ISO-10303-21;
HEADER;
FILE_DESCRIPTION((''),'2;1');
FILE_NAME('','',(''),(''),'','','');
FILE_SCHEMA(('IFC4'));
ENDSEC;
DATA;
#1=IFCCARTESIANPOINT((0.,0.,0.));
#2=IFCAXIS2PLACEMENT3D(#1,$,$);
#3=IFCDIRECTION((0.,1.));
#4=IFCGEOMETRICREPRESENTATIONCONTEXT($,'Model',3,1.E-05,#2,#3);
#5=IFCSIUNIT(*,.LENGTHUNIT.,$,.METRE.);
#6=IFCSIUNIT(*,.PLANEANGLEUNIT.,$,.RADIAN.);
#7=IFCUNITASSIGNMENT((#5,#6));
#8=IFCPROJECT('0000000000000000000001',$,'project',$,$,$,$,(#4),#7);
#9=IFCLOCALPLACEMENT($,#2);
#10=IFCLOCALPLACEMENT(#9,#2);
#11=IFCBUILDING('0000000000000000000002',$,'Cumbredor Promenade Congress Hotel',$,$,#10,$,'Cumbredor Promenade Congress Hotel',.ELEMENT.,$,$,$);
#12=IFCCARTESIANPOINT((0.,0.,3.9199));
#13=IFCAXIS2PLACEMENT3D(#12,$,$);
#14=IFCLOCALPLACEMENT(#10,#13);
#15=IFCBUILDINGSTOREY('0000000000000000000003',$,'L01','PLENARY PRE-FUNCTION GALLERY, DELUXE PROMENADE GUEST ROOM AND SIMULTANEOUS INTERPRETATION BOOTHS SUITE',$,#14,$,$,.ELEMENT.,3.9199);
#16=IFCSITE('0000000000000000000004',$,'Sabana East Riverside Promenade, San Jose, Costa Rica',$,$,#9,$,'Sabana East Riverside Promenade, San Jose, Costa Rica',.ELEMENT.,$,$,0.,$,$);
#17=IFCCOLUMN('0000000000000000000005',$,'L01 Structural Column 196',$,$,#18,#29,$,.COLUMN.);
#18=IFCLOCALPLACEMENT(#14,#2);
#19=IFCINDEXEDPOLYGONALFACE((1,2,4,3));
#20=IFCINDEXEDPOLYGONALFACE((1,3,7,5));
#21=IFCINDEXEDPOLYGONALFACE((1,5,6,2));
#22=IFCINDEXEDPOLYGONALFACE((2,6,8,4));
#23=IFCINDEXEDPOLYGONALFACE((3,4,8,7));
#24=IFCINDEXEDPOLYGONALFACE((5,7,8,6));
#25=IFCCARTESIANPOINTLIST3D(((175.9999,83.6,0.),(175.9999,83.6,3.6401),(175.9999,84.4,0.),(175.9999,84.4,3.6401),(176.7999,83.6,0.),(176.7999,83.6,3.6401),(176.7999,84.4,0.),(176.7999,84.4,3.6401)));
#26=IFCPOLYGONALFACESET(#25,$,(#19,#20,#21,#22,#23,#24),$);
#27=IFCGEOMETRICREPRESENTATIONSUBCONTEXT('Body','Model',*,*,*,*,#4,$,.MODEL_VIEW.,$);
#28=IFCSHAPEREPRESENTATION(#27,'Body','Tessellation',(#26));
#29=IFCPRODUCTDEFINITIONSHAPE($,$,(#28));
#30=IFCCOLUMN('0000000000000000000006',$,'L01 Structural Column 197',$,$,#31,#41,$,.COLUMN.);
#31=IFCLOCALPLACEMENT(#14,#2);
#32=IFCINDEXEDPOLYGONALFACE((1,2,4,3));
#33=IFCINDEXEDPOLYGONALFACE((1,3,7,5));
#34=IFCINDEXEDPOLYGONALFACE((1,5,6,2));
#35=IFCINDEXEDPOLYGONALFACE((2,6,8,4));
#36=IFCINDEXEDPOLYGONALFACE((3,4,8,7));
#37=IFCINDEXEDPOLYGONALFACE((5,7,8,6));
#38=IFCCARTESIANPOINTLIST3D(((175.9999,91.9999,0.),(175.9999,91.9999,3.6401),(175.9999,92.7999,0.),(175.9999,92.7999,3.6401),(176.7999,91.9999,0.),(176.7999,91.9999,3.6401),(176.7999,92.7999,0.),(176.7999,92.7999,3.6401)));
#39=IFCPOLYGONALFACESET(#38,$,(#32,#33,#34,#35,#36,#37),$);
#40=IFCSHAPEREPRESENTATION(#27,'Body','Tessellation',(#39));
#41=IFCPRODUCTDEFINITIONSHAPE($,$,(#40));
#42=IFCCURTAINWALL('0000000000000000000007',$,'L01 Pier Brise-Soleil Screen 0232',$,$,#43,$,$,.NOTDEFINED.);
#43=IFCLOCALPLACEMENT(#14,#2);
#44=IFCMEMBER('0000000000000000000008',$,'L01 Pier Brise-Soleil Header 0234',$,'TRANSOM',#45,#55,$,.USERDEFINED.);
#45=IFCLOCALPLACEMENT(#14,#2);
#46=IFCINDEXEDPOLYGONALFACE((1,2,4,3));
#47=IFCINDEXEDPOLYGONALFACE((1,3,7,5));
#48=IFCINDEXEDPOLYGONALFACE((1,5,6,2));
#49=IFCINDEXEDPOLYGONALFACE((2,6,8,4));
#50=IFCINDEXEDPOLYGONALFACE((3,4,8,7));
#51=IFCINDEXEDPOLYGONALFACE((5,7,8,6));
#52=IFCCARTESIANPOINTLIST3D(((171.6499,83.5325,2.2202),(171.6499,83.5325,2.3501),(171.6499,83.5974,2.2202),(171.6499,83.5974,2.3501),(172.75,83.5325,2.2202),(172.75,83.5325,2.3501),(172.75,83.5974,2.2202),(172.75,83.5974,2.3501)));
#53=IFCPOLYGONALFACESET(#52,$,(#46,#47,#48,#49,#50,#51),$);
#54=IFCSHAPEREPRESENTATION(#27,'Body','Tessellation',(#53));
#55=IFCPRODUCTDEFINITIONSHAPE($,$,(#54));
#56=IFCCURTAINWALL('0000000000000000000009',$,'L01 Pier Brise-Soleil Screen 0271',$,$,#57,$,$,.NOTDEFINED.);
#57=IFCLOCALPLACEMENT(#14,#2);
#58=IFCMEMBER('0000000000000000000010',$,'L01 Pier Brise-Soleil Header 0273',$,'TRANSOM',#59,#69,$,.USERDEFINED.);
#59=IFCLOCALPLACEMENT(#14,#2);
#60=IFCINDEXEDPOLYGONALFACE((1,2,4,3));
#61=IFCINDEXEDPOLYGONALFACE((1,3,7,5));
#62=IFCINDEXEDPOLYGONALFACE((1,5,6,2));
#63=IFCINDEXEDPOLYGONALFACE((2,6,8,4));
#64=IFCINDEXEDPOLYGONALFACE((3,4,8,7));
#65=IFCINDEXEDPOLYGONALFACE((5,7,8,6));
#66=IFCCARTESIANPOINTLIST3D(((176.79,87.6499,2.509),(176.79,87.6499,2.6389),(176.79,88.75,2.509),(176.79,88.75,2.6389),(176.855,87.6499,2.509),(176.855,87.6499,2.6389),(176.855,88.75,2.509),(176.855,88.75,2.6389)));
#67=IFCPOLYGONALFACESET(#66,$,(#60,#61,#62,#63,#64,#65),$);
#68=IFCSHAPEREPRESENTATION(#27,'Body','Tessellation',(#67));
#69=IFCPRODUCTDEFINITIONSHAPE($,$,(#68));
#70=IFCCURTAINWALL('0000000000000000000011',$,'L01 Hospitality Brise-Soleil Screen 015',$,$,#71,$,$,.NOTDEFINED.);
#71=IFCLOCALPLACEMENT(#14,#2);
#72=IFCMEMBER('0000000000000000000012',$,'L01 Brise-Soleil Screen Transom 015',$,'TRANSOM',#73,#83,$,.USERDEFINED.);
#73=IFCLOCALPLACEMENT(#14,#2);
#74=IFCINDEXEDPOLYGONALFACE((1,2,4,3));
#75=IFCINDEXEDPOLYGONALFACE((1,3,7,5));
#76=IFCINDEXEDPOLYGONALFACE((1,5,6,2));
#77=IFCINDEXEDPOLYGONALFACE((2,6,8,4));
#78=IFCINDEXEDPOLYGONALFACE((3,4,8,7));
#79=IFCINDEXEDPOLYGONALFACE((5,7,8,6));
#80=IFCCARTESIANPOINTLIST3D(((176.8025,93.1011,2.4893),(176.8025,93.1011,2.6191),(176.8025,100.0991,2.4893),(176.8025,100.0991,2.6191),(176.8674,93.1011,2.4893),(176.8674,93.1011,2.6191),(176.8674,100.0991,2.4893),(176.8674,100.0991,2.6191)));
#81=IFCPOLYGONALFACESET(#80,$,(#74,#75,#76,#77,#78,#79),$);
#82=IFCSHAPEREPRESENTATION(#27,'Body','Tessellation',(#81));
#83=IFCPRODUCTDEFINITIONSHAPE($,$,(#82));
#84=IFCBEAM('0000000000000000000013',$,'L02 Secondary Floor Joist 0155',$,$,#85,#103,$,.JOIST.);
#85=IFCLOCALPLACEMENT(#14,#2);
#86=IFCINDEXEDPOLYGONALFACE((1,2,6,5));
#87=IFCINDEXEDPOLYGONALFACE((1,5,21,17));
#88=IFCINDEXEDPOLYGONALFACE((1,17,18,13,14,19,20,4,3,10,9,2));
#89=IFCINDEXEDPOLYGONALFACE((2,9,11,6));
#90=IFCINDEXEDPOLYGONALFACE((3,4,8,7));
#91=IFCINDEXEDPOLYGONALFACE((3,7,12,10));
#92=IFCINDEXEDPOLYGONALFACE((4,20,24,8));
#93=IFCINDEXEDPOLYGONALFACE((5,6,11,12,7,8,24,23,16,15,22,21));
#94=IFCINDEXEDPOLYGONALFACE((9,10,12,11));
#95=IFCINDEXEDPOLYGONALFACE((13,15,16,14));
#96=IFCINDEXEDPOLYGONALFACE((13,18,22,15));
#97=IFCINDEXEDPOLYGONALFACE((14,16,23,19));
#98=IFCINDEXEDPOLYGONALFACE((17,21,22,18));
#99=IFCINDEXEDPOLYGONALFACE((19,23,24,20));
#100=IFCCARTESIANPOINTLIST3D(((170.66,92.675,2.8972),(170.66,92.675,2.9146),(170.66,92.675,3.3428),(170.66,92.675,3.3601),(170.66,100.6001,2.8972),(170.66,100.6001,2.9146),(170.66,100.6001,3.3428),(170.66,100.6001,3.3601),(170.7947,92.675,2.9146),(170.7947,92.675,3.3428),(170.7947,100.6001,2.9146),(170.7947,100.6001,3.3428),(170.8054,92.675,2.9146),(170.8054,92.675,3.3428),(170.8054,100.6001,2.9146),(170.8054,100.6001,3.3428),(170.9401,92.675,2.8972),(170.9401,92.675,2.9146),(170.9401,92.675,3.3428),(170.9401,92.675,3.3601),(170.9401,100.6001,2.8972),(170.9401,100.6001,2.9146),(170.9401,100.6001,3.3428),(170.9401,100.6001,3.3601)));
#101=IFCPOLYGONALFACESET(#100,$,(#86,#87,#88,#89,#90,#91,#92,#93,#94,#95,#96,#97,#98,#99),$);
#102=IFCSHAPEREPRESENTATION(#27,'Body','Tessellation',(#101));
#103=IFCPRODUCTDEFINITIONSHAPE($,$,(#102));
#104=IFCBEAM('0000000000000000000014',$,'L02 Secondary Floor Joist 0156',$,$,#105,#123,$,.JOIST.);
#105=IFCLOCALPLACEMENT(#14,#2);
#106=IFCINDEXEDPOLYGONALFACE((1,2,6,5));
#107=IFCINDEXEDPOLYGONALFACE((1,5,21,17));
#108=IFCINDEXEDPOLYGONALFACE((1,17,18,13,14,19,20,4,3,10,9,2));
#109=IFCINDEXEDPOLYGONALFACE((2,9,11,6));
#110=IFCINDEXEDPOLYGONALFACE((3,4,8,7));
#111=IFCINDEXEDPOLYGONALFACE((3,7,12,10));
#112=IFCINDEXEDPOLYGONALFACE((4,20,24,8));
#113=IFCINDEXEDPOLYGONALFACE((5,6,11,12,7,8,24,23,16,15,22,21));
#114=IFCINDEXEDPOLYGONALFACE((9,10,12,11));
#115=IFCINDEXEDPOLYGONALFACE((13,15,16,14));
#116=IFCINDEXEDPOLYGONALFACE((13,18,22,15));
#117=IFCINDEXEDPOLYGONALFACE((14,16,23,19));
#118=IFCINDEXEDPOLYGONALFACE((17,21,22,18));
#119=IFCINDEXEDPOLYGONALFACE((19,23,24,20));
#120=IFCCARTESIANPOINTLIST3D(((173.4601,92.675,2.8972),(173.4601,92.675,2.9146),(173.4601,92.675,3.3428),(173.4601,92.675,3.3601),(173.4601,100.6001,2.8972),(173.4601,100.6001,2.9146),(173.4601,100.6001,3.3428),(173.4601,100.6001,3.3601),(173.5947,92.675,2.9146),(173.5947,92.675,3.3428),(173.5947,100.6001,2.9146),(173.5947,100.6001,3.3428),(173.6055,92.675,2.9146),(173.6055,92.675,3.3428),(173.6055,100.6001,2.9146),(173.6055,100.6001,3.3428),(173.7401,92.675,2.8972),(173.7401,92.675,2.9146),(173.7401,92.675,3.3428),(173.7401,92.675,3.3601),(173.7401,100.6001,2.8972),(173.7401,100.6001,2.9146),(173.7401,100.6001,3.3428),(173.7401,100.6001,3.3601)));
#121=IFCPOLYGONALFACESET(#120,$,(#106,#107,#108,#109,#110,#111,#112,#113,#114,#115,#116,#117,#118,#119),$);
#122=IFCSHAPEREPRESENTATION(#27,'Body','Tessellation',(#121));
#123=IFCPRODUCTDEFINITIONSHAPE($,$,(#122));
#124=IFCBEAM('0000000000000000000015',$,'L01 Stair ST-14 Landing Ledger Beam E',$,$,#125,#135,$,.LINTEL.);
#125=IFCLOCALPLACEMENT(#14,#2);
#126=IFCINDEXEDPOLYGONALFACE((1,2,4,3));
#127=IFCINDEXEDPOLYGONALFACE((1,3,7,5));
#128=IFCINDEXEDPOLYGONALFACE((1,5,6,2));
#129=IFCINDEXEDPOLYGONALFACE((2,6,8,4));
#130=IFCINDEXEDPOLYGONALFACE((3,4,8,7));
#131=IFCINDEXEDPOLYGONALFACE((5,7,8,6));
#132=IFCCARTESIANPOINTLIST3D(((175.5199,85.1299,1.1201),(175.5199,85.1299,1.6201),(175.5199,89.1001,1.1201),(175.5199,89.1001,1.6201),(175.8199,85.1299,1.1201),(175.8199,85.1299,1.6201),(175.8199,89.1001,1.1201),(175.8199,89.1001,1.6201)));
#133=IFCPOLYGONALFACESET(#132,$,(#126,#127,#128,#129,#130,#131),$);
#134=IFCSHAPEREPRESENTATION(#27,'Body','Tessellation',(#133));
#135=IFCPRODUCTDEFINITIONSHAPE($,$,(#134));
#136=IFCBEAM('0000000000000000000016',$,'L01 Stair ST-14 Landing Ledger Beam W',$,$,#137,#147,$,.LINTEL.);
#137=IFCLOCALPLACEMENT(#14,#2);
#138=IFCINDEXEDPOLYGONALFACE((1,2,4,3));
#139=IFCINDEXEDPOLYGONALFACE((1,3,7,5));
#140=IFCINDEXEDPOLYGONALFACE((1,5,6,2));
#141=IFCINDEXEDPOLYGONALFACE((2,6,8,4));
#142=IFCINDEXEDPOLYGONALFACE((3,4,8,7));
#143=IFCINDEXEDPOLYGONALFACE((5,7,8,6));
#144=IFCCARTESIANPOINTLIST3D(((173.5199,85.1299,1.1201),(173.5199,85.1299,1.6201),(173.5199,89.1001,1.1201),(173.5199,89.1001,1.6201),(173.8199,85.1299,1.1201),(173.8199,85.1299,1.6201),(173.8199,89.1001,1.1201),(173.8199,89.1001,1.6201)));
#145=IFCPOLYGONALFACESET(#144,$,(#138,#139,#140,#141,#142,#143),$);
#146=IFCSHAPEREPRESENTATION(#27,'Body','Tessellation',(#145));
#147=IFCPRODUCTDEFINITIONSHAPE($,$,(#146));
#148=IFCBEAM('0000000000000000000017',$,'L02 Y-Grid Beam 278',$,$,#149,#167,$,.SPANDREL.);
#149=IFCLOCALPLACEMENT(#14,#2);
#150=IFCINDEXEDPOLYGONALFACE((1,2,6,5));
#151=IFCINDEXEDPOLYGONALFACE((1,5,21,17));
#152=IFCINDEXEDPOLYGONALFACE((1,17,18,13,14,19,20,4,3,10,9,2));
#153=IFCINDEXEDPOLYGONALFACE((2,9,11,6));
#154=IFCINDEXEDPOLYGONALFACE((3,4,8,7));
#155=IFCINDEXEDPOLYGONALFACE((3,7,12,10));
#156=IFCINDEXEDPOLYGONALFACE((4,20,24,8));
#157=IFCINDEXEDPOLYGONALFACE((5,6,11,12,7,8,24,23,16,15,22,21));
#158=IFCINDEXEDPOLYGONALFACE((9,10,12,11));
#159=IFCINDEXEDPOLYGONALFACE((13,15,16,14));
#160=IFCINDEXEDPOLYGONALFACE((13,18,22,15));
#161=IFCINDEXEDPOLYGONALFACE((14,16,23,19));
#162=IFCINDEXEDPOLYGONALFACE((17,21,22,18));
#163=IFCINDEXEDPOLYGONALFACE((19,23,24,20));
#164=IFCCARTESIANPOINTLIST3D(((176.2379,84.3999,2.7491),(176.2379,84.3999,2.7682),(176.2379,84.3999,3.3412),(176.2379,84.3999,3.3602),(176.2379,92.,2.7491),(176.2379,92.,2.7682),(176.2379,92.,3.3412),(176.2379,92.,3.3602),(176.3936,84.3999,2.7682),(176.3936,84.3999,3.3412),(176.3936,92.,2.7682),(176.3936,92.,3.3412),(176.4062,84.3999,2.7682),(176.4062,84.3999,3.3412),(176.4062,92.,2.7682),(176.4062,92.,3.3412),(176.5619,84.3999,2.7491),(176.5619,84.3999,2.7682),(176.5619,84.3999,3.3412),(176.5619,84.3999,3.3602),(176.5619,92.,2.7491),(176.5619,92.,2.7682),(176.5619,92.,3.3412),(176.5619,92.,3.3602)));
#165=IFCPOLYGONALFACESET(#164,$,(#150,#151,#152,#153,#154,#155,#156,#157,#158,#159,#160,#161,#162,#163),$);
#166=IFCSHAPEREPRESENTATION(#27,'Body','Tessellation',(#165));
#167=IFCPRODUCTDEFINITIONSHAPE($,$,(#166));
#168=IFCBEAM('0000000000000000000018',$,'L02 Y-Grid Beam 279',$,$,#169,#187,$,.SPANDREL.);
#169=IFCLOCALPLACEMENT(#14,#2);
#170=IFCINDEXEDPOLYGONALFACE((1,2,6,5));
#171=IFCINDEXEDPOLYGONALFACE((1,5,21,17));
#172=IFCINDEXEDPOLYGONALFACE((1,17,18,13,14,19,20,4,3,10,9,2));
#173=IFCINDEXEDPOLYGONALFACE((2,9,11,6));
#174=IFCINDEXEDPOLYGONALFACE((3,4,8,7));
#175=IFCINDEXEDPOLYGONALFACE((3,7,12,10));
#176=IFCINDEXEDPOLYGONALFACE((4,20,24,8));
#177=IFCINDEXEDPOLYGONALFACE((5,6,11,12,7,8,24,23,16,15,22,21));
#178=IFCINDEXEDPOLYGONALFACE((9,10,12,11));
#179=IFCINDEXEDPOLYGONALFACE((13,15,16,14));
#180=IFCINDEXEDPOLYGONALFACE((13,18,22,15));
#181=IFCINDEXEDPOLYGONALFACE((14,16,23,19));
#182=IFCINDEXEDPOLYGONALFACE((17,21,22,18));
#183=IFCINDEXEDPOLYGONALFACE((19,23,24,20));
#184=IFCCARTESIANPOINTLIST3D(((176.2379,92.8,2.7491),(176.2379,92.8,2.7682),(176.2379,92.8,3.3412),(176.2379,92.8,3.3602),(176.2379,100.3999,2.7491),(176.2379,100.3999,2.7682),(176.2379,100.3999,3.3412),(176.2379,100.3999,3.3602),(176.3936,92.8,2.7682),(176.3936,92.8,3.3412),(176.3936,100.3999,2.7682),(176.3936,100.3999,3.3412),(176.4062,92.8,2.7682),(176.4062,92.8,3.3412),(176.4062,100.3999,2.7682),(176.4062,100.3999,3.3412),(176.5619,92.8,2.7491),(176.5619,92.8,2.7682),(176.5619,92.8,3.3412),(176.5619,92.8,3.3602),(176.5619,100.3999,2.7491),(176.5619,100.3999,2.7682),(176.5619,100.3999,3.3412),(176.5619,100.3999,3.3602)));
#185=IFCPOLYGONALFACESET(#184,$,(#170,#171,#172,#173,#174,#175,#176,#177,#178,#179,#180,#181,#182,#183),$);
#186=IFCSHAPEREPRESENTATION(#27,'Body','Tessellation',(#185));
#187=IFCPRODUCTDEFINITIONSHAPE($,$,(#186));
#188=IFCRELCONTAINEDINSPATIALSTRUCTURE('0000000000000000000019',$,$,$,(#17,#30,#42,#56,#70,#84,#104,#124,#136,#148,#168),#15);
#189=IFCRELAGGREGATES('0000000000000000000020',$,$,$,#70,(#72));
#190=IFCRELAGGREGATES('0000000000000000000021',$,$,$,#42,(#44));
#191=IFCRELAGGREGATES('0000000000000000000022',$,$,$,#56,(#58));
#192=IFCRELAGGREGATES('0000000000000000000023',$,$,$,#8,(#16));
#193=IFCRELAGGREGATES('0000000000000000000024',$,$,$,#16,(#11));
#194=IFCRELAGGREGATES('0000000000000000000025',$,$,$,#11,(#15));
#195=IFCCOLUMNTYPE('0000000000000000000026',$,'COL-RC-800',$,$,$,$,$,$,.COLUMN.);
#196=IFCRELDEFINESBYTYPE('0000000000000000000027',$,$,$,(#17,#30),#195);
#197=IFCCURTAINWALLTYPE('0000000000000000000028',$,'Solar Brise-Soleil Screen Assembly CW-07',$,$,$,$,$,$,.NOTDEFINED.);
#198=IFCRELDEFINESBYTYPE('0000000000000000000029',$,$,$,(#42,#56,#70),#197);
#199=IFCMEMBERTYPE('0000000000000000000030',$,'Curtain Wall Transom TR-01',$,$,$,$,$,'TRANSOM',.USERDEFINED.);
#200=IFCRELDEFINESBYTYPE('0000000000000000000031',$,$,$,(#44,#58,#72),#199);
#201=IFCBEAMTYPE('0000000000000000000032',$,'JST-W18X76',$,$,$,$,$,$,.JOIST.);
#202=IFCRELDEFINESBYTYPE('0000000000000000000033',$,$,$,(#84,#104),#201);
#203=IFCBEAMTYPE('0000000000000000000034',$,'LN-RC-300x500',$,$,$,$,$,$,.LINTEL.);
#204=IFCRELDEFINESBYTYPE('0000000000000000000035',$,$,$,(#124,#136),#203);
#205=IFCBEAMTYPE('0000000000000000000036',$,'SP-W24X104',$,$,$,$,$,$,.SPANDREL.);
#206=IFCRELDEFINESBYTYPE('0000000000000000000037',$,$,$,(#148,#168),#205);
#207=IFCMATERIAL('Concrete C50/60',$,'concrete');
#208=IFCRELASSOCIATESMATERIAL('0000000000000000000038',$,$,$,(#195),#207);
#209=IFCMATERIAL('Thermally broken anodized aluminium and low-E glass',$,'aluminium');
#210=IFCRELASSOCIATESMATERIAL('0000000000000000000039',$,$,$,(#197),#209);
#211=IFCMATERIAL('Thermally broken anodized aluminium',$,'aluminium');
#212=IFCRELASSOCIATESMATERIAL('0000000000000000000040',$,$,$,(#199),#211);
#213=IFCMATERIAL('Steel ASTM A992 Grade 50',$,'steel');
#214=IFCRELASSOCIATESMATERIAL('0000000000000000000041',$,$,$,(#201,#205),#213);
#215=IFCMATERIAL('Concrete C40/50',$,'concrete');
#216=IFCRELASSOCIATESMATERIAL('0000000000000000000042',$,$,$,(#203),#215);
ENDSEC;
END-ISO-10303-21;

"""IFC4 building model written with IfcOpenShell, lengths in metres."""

from ifc_helpers import new_model, si_unit, direction, frame, origin, origin_2d, place, context, subcontext, project, spatial, rectangle, i_section, extrude, material, material_profile, profile_set, type_object, element, aggregate, save


model = new_model("IFC4")

# Units and contexts
model_context = context("Model", 3, precision=1e-05, world=origin(), true_north=direction((0.0, 1.0)))
body_context = subcontext(model_context, "Body", "Model", "MODEL_VIEW")
ifc_project = project(units=[si_unit("LENGTHUNIT", "METRE"), si_unit("PLANEANGLEUNIT", "RADIAN")], contexts=[model_context])

# Site, building, storey
site_placement = place(None, origin())
site = spatial("IfcSite", under=ifc_project, at=site_placement, Name="Sabana East Riverside Promenade, San Jose, Costa Rica", LongName="Sabana East Riverside Promenade, San Jose, Costa Rica", CompositionType="ELEMENT", RefElevation=0.0)
building_placement = place(site_placement, origin())
building = spatial("IfcBuilding", under=site, at=building_placement, Name="Cumbredor Promenade Congress Hotel", LongName="Cumbredor Promenade Congress Hotel", CompositionType="ELEMENT")
storey_placement = place(building_placement, frame((0.0, 0.0, 3.9199)))
storey = spatial("IfcBuildingStorey", under=building, at=storey_placement, Name="L01", Description="PLENARY PRE-FUNCTION GALLERY, DELUXE PROMENADE GUEST ROOM AND SIMULTANEOUS INTERPRETATION BOOTHS SUITE", CompositionType="ELEMENT", Elevation=3.9199)

# Columns
ifc_material_1 = material(Name="Concrete C50/60", Category="concrete")
ifc_material_profile_1 = material_profile(ifc_material_1, rectangle(XDim=0.8, YDim=0.8, at=origin_2d()), Name="RC 800x800")
ifc_profile_set_1 = profile_set([ifc_material_profile_1], Name="Concrete C50/60")
column_type = type_object("IfcColumnType", Name="COL-RC-800", PredefinedType="COLUMN", material=ifc_profile_set_1)
for number, where, z_axis, x_axis, name in (
    (1, (176.3999, 84.0, 0.0), (0.0, 0.0, 1.0), (1.0, 0.0, 0.0), "L01 Structural Column 196"),
    (2, (176.3999, 92.3999, 0.0), (0.0, 0.0, 1.0), (1.0, 0.0, 0.0), "L01 Structural Column 197"),
):
    element("IfcColumn", number, at=place(storey_placement, frame(where, z_axis=z_axis, x_axis=x_axis)), inside=storey, type_object=column_type, Name=name, PredefinedType="COLUMN", context=body_context, shape_type="SweptSolid", body=[
        extrude(rectangle(XDim=0.8, YDim=0.8, at=origin_2d()), origin(), (0.0, 0.0, 1.0), 3.6401),
    ])

# Curtain walls, members
ifc_material_2 = material(Name="Thermally broken anodized aluminium and low-E glass", Category="aluminium")
curtain_wall_type = type_object("IfcCurtainWallType", Name="Solar Brise-Soleil Screen Assembly CW-07", PredefinedType="NOTDEFINED", material=ifc_material_2)
curtain_wall_1_placement = place(storey_placement, origin())
curtain_wall_1 = element("IfcCurtainWall", 3, at=curtain_wall_1_placement, inside=storey, type_object=curtain_wall_type, Name="L01 Pier Brise-Soleil Screen 0232", PredefinedType="NOTDEFINED")
ifc_material_3 = material(Name="Thermally broken anodized aluminium", Category="aluminium")
ifc_material_profile_2 = material_profile(ifc_material_3, rectangle(XDim=0.0649, YDim=0.1299, at=origin_2d()), Name="ALU TRANSOM 65x130")
ifc_profile_set_2 = profile_set([ifc_material_profile_2], Name="Thermally broken anodized aluminium")
member_type_1 = type_object("IfcMemberType", Name="Curtain Wall Transom TR-01", ElementType="TRANSOM", PredefinedType="USERDEFINED", material=ifc_profile_set_2)
member_1_placement = place(storey_placement, frame((171.6499, 83.5649, 2.2852), z_axis=(1.0, 0.0, 0.0), x_axis=(0.0, 1.0, 0.0)))
member_1 = element("IfcMember", 4, at=member_1_placement, type_object=member_type_1, Name="L01 Pier Brise-Soleil Header 0234", ObjectType="TRANSOM", PredefinedType="USERDEFINED", context=body_context, shape_type="SweptSolid", body=[
    extrude(rectangle(XDim=0.0649, YDim=0.1299, at=origin_2d()), origin(), (0.0, 0.0, 1.0), 1.1001),
])
curtain_wall_2_placement = place(storey_placement, origin())
curtain_wall_2 = element("IfcCurtainWall", 5, at=curtain_wall_2_placement, inside=storey, type_object=curtain_wall_type, Name="L01 Pier Brise-Soleil Screen 0271", PredefinedType="NOTDEFINED")
member_2_placement = place(storey_placement, frame((176.8225, 87.6499, 2.574), z_axis=(0.0, 1.0, 0.0), x_axis=(-1.0, 0.0, 0.0)))
member_2 = element("IfcMember", 6, at=member_2_placement, type_object=member_type_1, Name="L01 Pier Brise-Soleil Header 0273", ObjectType="TRANSOM", PredefinedType="USERDEFINED", context=body_context, shape_type="SweptSolid", body=[
    extrude(rectangle(XDim=0.0649, YDim=0.1299, at=origin_2d()), origin(), (0.0, 0.0, 1.0), 1.1001),
])
curtain_wall_3_placement = place(storey_placement, origin())
curtain_wall_3 = element("IfcCurtainWall", 7, at=curtain_wall_3_placement, inside=storey, type_object=curtain_wall_type, Name="L01 Hospitality Brise-Soleil Screen 015", PredefinedType="NOTDEFINED")
member_3_placement = place(storey_placement, frame((176.835, 93.1011, 2.5542), z_axis=(0.0, 1.0, 0.0), x_axis=(-1.0, 0.0, 0.0)))
member_3 = element("IfcMember", 8, at=member_3_placement, type_object=member_type_1, Name="L01 Brise-Soleil Screen Transom 015", ObjectType="TRANSOM", PredefinedType="USERDEFINED", context=body_context, shape_type="SweptSolid", body=[
    extrude(rectangle(XDim=0.0649, YDim=0.1299, at=origin_2d()), origin(), (0.0, 0.0, 1.0), 6.998),
])
aggregate(curtain_wall_3, [member_3])

# Beams
ifc_material_4 = material(Name="Steel ASTM A992 Grade 50", Category="steel")
ifc_material_profile_3 = material_profile(ifc_material_4, i_section(OverallWidth=0.28, OverallDepth=0.4629, WebThickness=0.0107, FlangeThickness=0.0173, at=origin_2d()), Name="W18X76")
ifc_profile_set_3 = profile_set([ifc_material_profile_3], Name="Steel ASTM A992 Grade 50")
beam_type_1 = type_object("IfcBeamType", Name="JST-W18X76", PredefinedType="JOIST", material=ifc_profile_set_3)
for number, where, z_axis, x_axis, name in (
    (9, (170.8, 92.675, 3.1287), (0.0, 1.0, 0.0), (-1.0, 0.0, 0.0), "L02 Secondary Floor Joist 0155"),
    (10, (173.6001, 92.675, 3.1287), (0.0, 1.0, 0.0), (-1.0, 0.0, 0.0), "L02 Secondary Floor Joist 0156"),
):
    element("IfcBeam", number, at=place(storey_placement, frame(where, z_axis=z_axis, x_axis=x_axis)), inside=storey, type_object=beam_type_1, Name=name, PredefinedType="JOIST", context=body_context, shape_type="SweptSolid", body=[
        extrude(i_section(OverallWidth=0.28, OverallDepth=0.4629, WebThickness=0.0107, FlangeThickness=0.0173, at=origin_2d()), origin(), (0.0, 0.0, 1.0), 7.925),
    ])
ifc_material_5 = material(Name="Concrete C40/50", Category="concrete")
ifc_material_profile_4 = material_profile(ifc_material_5, rectangle(XDim=0.3, YDim=0.5, at=origin_2d()), Name="RC LINTEL 300x500")
ifc_profile_set_4 = profile_set([ifc_material_profile_4], Name="Concrete C40/50")
beam_type_2 = type_object("IfcBeamType", Name="LN-RC-300x500", PredefinedType="LINTEL", material=ifc_profile_set_4)
for number, where, z_axis, x_axis, name in (
    (11, (175.6699, 85.1299, 1.3701), (0.0, 1.0, 0.0), (-1.0, 0.0, 0.0), "L01 Stair ST-14 Landing Ledger Beam E"),
    (12, (173.6699, 85.1299, 1.3701), (0.0, 1.0, 0.0), (-1.0, 0.0, 0.0), "L01 Stair ST-14 Landing Ledger Beam W"),
):
    element("IfcBeam", number, at=place(storey_placement, frame(where, z_axis=z_axis, x_axis=x_axis)), inside=storey, type_object=beam_type_2, Name=name, PredefinedType="LINTEL", context=body_context, shape_type="SweptSolid", body=[
        extrude(rectangle(XDim=0.3, YDim=0.5, at=origin_2d()), origin(), (0.0, 0.0, 1.0), 3.9702),
    ])
ifc_material_profile_5 = material_profile(ifc_material_4, i_section(OverallWidth=0.324, OverallDepth=0.6111, WebThickness=0.0127, FlangeThickness=0.019, at=origin_2d()), Name="W24X104")
ifc_profile_set_5 = profile_set([ifc_material_profile_5], Name="Steel ASTM A992 Grade 50")
beam_type_3 = type_object("IfcBeamType", Name="SP-W24X104", PredefinedType="SPANDREL", material=ifc_profile_set_5)
beam_1_placement = place(storey_placement, frame((176.3999, 84.3999, 3.0547), z_axis=(0.0, 1.0, 0.0), x_axis=(-1.0, 0.0, 0.0)))
element("IfcBeam", 13, at=beam_1_placement, inside=storey, type_object=beam_type_3, Name="L02 Y-Grid Beam 278", PredefinedType="SPANDREL", context=body_context, shape_type="SweptSolid", body=[
    extrude(i_section(OverallWidth=0.324, OverallDepth=0.6111, WebThickness=0.0127, FlangeThickness=0.019, at=origin_2d()), origin(), (0.0, 0.0, 1.0), 7.6001),
])
beam_2_placement = place(storey_placement, frame((176.3999, 92.8, 3.0547), z_axis=(0.0, 1.0, 0.0), x_axis=(-1.0, 0.0, 0.0)))
element("IfcBeam", 14, at=beam_2_placement, inside=storey, type_object=beam_type_3, Name="L02 Y-Grid Beam 279", PredefinedType="SPANDREL", context=body_context, shape_type="SweptSolid", body=[
    extrude(i_section(OverallWidth=0.324, OverallDepth=0.6111, WebThickness=0.0127, FlangeThickness=0.019, at=origin_2d()), origin(), (0.0, 0.0, 1.0), 7.5999),
])

aggregate(curtain_wall_1, [member_1])
aggregate(curtain_wall_2, [member_2])

save(model, "model.ifc")
